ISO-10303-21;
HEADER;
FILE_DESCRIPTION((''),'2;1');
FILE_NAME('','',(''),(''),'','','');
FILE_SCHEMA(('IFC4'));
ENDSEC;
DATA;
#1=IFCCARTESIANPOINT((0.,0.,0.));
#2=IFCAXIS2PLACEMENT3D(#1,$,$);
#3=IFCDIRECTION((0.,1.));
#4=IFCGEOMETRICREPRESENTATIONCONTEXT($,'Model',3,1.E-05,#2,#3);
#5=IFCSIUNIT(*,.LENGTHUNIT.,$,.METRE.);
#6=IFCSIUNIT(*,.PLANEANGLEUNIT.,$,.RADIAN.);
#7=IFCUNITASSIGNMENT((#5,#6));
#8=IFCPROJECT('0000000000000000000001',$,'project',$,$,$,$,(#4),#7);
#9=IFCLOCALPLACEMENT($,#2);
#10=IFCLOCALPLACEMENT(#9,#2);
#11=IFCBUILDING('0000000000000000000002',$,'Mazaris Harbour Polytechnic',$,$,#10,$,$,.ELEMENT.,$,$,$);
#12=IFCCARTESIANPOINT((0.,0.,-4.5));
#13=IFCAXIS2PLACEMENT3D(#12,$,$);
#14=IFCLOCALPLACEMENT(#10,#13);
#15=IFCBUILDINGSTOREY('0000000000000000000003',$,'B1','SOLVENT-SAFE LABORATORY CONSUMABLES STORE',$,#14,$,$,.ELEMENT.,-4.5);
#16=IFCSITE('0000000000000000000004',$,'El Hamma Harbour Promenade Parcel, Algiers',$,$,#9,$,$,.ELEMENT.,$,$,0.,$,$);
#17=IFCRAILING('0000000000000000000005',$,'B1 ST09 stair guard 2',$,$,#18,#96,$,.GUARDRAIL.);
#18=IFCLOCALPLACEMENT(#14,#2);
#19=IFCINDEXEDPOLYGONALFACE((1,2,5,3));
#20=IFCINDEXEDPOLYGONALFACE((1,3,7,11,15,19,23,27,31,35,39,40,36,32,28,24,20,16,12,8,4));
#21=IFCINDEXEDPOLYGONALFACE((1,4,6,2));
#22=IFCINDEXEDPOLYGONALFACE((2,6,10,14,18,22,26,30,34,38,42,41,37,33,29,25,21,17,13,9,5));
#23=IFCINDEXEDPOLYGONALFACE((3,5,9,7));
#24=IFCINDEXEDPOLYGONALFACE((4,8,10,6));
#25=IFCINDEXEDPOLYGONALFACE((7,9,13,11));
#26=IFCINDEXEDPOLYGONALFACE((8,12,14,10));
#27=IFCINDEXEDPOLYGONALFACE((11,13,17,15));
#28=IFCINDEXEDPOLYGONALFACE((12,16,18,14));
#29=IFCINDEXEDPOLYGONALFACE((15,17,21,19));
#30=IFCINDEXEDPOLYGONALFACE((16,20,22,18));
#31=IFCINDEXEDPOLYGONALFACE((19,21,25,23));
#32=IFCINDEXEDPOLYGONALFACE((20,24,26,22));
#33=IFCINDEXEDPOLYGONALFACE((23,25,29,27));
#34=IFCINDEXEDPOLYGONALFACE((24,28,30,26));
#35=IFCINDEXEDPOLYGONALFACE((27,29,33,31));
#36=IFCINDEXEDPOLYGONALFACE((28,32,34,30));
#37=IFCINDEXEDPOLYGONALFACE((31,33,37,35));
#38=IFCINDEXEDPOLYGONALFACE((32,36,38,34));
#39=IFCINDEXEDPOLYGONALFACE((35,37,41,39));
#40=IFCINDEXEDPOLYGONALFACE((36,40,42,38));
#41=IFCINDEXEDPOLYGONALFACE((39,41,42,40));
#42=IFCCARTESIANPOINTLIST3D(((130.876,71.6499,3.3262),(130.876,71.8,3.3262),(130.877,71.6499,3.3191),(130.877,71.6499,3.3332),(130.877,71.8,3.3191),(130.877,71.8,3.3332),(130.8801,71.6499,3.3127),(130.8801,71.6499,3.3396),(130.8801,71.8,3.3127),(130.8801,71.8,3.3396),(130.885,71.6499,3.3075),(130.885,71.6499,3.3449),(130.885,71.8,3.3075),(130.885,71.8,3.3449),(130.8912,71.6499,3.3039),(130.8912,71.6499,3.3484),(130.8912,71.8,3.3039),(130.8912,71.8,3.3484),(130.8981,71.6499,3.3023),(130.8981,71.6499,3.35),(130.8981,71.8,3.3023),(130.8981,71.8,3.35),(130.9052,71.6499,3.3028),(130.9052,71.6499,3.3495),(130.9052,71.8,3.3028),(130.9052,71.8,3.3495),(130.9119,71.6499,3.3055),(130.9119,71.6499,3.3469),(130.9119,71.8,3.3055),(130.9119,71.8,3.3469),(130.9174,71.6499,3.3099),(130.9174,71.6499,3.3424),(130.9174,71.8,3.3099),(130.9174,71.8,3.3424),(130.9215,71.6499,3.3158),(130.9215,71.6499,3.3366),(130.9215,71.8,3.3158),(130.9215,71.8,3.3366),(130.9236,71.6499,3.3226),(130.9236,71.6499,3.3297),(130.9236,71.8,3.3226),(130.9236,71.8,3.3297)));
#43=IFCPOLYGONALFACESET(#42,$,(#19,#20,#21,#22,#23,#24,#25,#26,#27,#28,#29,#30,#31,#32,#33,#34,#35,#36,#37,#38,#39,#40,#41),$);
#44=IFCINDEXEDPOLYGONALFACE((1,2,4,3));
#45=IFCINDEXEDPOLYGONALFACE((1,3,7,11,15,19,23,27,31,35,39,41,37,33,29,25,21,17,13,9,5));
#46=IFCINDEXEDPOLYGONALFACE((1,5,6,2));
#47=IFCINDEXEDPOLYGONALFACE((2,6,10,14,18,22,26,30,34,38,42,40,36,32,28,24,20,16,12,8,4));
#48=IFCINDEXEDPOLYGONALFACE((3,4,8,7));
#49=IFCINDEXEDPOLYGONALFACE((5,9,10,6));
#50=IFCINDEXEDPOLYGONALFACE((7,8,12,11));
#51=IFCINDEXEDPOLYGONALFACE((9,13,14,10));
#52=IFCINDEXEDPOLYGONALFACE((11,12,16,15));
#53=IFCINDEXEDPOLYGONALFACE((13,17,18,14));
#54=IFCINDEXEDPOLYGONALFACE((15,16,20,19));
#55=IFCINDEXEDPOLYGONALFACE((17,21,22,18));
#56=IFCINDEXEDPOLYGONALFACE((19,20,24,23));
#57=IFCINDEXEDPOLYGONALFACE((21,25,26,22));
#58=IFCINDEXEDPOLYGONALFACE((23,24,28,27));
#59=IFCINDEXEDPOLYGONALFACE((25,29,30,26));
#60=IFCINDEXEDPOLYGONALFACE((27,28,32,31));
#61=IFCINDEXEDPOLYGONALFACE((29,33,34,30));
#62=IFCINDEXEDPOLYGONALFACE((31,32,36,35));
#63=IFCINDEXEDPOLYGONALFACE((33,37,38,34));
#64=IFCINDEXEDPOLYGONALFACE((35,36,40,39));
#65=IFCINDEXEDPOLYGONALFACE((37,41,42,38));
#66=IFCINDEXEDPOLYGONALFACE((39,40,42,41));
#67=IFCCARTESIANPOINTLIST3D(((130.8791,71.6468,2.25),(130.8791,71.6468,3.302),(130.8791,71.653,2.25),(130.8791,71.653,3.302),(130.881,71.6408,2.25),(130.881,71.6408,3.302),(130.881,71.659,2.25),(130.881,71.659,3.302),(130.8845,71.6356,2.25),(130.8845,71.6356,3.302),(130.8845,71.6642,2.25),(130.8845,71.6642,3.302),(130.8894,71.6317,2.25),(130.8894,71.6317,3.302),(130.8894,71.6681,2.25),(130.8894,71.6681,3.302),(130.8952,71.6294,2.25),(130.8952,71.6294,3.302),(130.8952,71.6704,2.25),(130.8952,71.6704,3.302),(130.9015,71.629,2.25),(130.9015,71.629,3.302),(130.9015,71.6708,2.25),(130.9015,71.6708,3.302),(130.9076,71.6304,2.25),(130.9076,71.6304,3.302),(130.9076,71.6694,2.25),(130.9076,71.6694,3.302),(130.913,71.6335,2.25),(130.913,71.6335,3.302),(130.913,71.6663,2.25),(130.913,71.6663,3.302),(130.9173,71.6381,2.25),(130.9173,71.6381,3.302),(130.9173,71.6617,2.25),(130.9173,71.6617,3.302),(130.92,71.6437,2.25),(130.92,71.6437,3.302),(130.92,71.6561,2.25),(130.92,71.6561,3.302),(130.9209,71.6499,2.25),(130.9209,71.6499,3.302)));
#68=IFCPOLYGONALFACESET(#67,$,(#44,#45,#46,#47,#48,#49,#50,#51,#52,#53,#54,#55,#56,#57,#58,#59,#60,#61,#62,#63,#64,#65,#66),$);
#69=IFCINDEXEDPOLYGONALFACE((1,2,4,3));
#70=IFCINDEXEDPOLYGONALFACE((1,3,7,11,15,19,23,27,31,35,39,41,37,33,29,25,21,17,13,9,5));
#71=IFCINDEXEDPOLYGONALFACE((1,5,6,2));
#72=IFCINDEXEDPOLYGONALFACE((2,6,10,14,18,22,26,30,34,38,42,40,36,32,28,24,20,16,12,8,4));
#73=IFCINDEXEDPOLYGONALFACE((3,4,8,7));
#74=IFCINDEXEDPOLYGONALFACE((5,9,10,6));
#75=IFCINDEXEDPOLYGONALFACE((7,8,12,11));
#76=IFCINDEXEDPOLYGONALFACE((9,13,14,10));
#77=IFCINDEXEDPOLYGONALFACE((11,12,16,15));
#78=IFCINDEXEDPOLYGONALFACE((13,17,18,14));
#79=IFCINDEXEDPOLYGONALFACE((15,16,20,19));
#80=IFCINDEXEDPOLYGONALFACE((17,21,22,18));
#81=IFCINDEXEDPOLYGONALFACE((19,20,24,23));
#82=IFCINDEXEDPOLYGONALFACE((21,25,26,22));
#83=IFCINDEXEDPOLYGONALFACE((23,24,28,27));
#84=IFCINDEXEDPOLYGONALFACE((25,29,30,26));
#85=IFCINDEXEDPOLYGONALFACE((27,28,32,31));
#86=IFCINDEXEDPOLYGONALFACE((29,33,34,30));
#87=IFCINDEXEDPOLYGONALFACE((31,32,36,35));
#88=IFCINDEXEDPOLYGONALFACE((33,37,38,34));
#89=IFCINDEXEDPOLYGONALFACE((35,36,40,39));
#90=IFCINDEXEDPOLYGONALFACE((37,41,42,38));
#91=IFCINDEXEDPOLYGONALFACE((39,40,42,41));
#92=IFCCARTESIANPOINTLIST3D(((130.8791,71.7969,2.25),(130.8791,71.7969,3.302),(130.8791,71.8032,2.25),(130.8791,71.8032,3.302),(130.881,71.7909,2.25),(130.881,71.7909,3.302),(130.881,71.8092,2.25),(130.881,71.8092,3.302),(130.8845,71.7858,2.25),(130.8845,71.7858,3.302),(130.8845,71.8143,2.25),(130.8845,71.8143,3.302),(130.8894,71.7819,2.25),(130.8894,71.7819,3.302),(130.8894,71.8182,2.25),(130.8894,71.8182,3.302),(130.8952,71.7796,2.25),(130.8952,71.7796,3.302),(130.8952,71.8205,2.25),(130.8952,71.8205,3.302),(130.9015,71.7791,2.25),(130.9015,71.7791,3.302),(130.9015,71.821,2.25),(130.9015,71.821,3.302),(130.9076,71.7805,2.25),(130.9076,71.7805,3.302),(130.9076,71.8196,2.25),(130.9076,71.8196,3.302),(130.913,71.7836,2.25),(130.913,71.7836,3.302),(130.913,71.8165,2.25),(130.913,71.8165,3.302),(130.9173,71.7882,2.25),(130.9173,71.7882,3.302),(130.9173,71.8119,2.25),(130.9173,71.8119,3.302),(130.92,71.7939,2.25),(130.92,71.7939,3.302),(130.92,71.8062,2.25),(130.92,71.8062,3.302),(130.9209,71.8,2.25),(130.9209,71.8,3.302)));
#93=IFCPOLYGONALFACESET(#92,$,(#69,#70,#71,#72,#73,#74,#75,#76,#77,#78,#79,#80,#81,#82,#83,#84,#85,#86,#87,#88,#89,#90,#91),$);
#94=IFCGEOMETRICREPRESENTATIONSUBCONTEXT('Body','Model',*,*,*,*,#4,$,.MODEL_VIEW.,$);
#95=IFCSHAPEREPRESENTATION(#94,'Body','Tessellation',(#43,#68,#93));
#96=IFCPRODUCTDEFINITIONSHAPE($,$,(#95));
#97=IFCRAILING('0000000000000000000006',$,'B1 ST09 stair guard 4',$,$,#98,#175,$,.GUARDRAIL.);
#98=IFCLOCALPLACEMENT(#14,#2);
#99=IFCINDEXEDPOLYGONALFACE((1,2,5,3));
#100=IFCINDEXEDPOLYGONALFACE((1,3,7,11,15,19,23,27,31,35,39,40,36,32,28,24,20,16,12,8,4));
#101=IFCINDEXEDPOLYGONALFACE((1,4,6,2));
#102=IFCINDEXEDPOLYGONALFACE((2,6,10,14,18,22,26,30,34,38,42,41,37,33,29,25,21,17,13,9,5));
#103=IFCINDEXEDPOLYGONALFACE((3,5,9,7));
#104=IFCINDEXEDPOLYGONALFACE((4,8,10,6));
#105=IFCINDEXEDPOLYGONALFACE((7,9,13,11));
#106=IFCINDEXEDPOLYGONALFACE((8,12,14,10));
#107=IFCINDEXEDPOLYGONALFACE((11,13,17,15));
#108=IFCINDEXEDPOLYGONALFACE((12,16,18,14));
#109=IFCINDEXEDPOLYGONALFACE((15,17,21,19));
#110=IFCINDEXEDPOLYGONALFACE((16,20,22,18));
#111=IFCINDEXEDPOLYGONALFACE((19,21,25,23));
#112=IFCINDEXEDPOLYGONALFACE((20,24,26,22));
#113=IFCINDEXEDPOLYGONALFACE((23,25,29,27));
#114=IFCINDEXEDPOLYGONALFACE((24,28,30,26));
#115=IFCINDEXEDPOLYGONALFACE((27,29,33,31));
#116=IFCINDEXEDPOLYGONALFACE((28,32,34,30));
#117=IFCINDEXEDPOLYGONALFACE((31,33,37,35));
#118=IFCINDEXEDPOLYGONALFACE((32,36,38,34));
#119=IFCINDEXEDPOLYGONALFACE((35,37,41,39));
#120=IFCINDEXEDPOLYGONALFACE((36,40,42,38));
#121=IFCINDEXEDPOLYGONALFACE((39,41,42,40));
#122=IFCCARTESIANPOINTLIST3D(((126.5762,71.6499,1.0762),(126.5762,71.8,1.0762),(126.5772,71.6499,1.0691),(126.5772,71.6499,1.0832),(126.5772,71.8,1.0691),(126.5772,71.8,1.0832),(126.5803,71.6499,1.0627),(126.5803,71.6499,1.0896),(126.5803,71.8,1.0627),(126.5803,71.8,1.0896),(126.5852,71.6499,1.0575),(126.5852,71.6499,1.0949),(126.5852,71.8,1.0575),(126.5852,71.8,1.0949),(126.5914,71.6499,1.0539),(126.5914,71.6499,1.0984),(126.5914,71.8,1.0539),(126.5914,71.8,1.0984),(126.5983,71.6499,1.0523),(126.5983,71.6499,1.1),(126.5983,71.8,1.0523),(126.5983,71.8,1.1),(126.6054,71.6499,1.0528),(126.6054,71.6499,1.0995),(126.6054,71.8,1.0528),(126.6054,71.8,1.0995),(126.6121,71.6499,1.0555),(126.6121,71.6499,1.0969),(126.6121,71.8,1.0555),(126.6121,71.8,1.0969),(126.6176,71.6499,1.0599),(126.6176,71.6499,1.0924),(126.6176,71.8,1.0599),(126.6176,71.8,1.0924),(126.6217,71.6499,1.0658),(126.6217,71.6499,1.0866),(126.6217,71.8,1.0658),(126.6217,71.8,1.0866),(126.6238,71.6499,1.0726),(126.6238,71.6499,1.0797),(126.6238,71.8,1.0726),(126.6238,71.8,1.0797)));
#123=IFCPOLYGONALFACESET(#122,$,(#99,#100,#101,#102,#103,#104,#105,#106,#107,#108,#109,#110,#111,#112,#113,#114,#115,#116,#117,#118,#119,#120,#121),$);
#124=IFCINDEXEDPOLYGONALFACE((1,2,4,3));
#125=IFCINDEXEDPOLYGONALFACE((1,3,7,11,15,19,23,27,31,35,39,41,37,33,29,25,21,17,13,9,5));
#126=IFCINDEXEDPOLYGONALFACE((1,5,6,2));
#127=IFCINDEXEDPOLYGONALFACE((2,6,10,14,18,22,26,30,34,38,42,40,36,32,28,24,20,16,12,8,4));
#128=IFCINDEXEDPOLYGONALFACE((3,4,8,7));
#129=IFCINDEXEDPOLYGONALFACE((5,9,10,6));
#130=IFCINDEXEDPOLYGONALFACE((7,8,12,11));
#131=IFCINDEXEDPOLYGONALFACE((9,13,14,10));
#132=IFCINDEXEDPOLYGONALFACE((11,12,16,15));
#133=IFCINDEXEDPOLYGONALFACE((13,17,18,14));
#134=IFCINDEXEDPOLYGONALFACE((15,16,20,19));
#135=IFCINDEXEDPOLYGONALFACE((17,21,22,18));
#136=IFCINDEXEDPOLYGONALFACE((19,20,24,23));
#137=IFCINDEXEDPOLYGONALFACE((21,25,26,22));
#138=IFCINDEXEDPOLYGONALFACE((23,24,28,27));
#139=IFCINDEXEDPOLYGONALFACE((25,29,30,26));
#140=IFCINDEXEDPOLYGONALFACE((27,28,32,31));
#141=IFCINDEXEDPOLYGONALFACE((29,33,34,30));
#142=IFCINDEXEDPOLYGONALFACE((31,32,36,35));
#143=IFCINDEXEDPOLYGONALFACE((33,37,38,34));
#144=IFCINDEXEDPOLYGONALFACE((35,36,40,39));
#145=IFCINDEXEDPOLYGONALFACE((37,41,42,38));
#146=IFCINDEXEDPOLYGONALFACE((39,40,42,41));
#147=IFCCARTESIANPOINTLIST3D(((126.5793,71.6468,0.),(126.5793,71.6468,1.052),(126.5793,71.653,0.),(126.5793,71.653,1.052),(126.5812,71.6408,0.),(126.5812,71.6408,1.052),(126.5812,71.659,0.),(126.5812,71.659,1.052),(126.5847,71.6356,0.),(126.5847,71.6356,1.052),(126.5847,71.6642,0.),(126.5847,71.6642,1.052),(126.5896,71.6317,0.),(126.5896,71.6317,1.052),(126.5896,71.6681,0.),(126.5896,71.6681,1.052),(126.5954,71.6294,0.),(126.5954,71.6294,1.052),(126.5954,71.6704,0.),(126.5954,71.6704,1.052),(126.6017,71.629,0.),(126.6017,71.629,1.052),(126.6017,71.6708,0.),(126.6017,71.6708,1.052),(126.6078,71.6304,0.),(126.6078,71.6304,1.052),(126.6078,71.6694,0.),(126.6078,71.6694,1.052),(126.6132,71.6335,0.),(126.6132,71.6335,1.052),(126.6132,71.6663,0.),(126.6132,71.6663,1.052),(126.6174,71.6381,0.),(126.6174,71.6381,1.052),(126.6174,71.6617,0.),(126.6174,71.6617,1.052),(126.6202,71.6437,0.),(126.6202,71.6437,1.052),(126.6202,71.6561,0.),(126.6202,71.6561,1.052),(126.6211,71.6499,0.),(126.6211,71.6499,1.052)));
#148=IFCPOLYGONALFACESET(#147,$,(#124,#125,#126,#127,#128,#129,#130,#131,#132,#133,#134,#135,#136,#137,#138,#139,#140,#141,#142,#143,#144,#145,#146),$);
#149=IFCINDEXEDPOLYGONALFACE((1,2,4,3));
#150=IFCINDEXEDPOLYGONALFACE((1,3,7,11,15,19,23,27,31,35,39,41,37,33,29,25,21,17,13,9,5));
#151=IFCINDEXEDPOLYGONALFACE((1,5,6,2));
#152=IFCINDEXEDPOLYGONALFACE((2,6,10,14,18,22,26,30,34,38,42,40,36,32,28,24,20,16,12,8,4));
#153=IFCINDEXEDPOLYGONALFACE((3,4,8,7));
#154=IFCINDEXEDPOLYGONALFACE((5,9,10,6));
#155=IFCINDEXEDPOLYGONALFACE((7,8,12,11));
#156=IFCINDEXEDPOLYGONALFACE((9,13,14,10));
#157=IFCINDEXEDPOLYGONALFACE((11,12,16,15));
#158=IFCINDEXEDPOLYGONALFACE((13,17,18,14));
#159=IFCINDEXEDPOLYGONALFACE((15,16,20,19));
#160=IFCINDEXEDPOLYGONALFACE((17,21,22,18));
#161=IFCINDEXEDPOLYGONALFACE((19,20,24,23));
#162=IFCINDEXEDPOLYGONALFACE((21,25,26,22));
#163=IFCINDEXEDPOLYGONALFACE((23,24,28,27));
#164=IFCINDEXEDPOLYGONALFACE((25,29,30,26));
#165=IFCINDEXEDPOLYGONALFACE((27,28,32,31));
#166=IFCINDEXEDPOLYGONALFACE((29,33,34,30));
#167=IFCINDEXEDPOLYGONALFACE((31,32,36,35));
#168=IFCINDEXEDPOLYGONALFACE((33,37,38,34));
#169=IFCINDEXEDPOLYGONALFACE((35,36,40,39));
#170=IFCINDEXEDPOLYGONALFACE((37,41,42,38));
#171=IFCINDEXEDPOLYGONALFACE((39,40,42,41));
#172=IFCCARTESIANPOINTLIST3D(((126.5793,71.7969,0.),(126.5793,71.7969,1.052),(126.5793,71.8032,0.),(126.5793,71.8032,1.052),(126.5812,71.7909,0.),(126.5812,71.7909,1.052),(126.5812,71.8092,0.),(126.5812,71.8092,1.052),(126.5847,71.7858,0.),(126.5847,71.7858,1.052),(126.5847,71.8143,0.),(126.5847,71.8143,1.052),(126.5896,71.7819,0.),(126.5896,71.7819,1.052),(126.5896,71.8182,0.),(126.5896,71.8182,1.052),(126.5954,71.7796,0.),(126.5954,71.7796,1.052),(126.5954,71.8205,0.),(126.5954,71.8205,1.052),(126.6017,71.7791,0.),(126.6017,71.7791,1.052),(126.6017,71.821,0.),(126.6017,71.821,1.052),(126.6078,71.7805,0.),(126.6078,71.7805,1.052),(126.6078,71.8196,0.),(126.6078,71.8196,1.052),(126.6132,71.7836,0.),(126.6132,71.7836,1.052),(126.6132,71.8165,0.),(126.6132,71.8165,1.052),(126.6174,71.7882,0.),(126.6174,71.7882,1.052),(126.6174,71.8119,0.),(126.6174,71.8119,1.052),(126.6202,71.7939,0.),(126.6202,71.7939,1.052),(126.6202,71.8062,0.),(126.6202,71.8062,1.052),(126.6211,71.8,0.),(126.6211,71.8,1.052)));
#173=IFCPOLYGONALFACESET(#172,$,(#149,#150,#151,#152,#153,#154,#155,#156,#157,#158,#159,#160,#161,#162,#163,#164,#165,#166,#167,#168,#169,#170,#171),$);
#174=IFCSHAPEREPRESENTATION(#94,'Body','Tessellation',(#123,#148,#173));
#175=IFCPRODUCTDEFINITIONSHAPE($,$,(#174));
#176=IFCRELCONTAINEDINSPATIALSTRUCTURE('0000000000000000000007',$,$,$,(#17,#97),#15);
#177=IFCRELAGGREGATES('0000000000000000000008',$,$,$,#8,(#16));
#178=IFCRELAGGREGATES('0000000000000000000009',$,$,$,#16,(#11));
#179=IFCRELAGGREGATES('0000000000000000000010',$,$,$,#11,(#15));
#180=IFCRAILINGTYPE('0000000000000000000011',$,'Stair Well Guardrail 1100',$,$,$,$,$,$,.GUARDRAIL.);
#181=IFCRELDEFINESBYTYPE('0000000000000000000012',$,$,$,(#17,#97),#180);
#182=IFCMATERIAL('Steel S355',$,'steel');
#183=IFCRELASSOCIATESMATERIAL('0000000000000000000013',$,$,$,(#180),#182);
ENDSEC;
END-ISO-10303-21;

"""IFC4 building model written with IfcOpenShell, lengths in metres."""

from ifc_helpers import new_model, si_unit, direction, frame, origin, origin_2d, place, context, subcontext, project, spatial, circle, extrude, material, type_object, element, save


model = new_model("IFC4")

# Units and contexts
model_context = context("Model", 3, precision=1e-05, world=origin(), true_north=direction((0.0, 1.0)))
body_context = subcontext(model_context, "Body", "Model", "MODEL_VIEW")
ifc_project = project(units=[si_unit("LENGTHUNIT", "METRE"), si_unit("PLANEANGLEUNIT", "RADIAN")], contexts=[model_context])

# Site, building, storey
site_placement = place(None, origin())
site = spatial("IfcSite", under=ifc_project, at=site_placement, Name="El Hamma Harbour Promenade Parcel, Algiers", CompositionType="ELEMENT", RefElevation=0.0)
building_placement = place(site_placement, origin())
building = spatial("IfcBuilding", under=site, at=building_placement, Name="Mazaris Harbour Polytechnic", CompositionType="ELEMENT")
storey_placement = place(building_placement, frame((0.0, 0.0, -4.5)))
storey = spatial("IfcBuildingStorey", under=building, at=storey_placement, Name="B1", Description="SOLVENT-SAFE LABORATORY CONSUMABLES STORE", CompositionType="ELEMENT", Elevation=-4.5)

# Railings
ifc_material_1 = material(Name="Steel S355", Category="steel")
railing_type_1 = type_object("IfcRailingType", Name="Stair Well Guardrail 1100", PredefinedType="GUARDRAIL", material=ifc_material_1)
for number, where, name in (
    (1, (130.8999, 71.6499, 2.25), "B1 ST09 stair guard 2"),
    (2, (126.6001, 71.6499, 0.0), "B1 ST09 stair guard 4"),
):
    element("IfcRailing", number, at=place(storey_placement, frame(where)), inside=storey, type_object=railing_type_1, Name=name, PredefinedType="GUARDRAIL", context=body_context, shape_type="SweptSolid", body=[
        extrude(circle(Radius=0.0239, at=origin_2d()), frame((0.0, 0.0, 1.0762), z_axis=(0.0, 1.0, 0.0), x_axis=(-1.0, 0.0, 0.0)), (0.0, 0.0, 1.0), 0.1501),
        extrude(circle(Radius=0.021, at=origin_2d()), origin(), (0.0, 0.0, 1.0), 1.052),
        extrude(circle(Radius=0.021, at=origin_2d()), frame((0.0, 0.1501, 0.0)), (0.0, 0.0, 1.0), 1.052),
    ])

save(model, "model.ifc")
